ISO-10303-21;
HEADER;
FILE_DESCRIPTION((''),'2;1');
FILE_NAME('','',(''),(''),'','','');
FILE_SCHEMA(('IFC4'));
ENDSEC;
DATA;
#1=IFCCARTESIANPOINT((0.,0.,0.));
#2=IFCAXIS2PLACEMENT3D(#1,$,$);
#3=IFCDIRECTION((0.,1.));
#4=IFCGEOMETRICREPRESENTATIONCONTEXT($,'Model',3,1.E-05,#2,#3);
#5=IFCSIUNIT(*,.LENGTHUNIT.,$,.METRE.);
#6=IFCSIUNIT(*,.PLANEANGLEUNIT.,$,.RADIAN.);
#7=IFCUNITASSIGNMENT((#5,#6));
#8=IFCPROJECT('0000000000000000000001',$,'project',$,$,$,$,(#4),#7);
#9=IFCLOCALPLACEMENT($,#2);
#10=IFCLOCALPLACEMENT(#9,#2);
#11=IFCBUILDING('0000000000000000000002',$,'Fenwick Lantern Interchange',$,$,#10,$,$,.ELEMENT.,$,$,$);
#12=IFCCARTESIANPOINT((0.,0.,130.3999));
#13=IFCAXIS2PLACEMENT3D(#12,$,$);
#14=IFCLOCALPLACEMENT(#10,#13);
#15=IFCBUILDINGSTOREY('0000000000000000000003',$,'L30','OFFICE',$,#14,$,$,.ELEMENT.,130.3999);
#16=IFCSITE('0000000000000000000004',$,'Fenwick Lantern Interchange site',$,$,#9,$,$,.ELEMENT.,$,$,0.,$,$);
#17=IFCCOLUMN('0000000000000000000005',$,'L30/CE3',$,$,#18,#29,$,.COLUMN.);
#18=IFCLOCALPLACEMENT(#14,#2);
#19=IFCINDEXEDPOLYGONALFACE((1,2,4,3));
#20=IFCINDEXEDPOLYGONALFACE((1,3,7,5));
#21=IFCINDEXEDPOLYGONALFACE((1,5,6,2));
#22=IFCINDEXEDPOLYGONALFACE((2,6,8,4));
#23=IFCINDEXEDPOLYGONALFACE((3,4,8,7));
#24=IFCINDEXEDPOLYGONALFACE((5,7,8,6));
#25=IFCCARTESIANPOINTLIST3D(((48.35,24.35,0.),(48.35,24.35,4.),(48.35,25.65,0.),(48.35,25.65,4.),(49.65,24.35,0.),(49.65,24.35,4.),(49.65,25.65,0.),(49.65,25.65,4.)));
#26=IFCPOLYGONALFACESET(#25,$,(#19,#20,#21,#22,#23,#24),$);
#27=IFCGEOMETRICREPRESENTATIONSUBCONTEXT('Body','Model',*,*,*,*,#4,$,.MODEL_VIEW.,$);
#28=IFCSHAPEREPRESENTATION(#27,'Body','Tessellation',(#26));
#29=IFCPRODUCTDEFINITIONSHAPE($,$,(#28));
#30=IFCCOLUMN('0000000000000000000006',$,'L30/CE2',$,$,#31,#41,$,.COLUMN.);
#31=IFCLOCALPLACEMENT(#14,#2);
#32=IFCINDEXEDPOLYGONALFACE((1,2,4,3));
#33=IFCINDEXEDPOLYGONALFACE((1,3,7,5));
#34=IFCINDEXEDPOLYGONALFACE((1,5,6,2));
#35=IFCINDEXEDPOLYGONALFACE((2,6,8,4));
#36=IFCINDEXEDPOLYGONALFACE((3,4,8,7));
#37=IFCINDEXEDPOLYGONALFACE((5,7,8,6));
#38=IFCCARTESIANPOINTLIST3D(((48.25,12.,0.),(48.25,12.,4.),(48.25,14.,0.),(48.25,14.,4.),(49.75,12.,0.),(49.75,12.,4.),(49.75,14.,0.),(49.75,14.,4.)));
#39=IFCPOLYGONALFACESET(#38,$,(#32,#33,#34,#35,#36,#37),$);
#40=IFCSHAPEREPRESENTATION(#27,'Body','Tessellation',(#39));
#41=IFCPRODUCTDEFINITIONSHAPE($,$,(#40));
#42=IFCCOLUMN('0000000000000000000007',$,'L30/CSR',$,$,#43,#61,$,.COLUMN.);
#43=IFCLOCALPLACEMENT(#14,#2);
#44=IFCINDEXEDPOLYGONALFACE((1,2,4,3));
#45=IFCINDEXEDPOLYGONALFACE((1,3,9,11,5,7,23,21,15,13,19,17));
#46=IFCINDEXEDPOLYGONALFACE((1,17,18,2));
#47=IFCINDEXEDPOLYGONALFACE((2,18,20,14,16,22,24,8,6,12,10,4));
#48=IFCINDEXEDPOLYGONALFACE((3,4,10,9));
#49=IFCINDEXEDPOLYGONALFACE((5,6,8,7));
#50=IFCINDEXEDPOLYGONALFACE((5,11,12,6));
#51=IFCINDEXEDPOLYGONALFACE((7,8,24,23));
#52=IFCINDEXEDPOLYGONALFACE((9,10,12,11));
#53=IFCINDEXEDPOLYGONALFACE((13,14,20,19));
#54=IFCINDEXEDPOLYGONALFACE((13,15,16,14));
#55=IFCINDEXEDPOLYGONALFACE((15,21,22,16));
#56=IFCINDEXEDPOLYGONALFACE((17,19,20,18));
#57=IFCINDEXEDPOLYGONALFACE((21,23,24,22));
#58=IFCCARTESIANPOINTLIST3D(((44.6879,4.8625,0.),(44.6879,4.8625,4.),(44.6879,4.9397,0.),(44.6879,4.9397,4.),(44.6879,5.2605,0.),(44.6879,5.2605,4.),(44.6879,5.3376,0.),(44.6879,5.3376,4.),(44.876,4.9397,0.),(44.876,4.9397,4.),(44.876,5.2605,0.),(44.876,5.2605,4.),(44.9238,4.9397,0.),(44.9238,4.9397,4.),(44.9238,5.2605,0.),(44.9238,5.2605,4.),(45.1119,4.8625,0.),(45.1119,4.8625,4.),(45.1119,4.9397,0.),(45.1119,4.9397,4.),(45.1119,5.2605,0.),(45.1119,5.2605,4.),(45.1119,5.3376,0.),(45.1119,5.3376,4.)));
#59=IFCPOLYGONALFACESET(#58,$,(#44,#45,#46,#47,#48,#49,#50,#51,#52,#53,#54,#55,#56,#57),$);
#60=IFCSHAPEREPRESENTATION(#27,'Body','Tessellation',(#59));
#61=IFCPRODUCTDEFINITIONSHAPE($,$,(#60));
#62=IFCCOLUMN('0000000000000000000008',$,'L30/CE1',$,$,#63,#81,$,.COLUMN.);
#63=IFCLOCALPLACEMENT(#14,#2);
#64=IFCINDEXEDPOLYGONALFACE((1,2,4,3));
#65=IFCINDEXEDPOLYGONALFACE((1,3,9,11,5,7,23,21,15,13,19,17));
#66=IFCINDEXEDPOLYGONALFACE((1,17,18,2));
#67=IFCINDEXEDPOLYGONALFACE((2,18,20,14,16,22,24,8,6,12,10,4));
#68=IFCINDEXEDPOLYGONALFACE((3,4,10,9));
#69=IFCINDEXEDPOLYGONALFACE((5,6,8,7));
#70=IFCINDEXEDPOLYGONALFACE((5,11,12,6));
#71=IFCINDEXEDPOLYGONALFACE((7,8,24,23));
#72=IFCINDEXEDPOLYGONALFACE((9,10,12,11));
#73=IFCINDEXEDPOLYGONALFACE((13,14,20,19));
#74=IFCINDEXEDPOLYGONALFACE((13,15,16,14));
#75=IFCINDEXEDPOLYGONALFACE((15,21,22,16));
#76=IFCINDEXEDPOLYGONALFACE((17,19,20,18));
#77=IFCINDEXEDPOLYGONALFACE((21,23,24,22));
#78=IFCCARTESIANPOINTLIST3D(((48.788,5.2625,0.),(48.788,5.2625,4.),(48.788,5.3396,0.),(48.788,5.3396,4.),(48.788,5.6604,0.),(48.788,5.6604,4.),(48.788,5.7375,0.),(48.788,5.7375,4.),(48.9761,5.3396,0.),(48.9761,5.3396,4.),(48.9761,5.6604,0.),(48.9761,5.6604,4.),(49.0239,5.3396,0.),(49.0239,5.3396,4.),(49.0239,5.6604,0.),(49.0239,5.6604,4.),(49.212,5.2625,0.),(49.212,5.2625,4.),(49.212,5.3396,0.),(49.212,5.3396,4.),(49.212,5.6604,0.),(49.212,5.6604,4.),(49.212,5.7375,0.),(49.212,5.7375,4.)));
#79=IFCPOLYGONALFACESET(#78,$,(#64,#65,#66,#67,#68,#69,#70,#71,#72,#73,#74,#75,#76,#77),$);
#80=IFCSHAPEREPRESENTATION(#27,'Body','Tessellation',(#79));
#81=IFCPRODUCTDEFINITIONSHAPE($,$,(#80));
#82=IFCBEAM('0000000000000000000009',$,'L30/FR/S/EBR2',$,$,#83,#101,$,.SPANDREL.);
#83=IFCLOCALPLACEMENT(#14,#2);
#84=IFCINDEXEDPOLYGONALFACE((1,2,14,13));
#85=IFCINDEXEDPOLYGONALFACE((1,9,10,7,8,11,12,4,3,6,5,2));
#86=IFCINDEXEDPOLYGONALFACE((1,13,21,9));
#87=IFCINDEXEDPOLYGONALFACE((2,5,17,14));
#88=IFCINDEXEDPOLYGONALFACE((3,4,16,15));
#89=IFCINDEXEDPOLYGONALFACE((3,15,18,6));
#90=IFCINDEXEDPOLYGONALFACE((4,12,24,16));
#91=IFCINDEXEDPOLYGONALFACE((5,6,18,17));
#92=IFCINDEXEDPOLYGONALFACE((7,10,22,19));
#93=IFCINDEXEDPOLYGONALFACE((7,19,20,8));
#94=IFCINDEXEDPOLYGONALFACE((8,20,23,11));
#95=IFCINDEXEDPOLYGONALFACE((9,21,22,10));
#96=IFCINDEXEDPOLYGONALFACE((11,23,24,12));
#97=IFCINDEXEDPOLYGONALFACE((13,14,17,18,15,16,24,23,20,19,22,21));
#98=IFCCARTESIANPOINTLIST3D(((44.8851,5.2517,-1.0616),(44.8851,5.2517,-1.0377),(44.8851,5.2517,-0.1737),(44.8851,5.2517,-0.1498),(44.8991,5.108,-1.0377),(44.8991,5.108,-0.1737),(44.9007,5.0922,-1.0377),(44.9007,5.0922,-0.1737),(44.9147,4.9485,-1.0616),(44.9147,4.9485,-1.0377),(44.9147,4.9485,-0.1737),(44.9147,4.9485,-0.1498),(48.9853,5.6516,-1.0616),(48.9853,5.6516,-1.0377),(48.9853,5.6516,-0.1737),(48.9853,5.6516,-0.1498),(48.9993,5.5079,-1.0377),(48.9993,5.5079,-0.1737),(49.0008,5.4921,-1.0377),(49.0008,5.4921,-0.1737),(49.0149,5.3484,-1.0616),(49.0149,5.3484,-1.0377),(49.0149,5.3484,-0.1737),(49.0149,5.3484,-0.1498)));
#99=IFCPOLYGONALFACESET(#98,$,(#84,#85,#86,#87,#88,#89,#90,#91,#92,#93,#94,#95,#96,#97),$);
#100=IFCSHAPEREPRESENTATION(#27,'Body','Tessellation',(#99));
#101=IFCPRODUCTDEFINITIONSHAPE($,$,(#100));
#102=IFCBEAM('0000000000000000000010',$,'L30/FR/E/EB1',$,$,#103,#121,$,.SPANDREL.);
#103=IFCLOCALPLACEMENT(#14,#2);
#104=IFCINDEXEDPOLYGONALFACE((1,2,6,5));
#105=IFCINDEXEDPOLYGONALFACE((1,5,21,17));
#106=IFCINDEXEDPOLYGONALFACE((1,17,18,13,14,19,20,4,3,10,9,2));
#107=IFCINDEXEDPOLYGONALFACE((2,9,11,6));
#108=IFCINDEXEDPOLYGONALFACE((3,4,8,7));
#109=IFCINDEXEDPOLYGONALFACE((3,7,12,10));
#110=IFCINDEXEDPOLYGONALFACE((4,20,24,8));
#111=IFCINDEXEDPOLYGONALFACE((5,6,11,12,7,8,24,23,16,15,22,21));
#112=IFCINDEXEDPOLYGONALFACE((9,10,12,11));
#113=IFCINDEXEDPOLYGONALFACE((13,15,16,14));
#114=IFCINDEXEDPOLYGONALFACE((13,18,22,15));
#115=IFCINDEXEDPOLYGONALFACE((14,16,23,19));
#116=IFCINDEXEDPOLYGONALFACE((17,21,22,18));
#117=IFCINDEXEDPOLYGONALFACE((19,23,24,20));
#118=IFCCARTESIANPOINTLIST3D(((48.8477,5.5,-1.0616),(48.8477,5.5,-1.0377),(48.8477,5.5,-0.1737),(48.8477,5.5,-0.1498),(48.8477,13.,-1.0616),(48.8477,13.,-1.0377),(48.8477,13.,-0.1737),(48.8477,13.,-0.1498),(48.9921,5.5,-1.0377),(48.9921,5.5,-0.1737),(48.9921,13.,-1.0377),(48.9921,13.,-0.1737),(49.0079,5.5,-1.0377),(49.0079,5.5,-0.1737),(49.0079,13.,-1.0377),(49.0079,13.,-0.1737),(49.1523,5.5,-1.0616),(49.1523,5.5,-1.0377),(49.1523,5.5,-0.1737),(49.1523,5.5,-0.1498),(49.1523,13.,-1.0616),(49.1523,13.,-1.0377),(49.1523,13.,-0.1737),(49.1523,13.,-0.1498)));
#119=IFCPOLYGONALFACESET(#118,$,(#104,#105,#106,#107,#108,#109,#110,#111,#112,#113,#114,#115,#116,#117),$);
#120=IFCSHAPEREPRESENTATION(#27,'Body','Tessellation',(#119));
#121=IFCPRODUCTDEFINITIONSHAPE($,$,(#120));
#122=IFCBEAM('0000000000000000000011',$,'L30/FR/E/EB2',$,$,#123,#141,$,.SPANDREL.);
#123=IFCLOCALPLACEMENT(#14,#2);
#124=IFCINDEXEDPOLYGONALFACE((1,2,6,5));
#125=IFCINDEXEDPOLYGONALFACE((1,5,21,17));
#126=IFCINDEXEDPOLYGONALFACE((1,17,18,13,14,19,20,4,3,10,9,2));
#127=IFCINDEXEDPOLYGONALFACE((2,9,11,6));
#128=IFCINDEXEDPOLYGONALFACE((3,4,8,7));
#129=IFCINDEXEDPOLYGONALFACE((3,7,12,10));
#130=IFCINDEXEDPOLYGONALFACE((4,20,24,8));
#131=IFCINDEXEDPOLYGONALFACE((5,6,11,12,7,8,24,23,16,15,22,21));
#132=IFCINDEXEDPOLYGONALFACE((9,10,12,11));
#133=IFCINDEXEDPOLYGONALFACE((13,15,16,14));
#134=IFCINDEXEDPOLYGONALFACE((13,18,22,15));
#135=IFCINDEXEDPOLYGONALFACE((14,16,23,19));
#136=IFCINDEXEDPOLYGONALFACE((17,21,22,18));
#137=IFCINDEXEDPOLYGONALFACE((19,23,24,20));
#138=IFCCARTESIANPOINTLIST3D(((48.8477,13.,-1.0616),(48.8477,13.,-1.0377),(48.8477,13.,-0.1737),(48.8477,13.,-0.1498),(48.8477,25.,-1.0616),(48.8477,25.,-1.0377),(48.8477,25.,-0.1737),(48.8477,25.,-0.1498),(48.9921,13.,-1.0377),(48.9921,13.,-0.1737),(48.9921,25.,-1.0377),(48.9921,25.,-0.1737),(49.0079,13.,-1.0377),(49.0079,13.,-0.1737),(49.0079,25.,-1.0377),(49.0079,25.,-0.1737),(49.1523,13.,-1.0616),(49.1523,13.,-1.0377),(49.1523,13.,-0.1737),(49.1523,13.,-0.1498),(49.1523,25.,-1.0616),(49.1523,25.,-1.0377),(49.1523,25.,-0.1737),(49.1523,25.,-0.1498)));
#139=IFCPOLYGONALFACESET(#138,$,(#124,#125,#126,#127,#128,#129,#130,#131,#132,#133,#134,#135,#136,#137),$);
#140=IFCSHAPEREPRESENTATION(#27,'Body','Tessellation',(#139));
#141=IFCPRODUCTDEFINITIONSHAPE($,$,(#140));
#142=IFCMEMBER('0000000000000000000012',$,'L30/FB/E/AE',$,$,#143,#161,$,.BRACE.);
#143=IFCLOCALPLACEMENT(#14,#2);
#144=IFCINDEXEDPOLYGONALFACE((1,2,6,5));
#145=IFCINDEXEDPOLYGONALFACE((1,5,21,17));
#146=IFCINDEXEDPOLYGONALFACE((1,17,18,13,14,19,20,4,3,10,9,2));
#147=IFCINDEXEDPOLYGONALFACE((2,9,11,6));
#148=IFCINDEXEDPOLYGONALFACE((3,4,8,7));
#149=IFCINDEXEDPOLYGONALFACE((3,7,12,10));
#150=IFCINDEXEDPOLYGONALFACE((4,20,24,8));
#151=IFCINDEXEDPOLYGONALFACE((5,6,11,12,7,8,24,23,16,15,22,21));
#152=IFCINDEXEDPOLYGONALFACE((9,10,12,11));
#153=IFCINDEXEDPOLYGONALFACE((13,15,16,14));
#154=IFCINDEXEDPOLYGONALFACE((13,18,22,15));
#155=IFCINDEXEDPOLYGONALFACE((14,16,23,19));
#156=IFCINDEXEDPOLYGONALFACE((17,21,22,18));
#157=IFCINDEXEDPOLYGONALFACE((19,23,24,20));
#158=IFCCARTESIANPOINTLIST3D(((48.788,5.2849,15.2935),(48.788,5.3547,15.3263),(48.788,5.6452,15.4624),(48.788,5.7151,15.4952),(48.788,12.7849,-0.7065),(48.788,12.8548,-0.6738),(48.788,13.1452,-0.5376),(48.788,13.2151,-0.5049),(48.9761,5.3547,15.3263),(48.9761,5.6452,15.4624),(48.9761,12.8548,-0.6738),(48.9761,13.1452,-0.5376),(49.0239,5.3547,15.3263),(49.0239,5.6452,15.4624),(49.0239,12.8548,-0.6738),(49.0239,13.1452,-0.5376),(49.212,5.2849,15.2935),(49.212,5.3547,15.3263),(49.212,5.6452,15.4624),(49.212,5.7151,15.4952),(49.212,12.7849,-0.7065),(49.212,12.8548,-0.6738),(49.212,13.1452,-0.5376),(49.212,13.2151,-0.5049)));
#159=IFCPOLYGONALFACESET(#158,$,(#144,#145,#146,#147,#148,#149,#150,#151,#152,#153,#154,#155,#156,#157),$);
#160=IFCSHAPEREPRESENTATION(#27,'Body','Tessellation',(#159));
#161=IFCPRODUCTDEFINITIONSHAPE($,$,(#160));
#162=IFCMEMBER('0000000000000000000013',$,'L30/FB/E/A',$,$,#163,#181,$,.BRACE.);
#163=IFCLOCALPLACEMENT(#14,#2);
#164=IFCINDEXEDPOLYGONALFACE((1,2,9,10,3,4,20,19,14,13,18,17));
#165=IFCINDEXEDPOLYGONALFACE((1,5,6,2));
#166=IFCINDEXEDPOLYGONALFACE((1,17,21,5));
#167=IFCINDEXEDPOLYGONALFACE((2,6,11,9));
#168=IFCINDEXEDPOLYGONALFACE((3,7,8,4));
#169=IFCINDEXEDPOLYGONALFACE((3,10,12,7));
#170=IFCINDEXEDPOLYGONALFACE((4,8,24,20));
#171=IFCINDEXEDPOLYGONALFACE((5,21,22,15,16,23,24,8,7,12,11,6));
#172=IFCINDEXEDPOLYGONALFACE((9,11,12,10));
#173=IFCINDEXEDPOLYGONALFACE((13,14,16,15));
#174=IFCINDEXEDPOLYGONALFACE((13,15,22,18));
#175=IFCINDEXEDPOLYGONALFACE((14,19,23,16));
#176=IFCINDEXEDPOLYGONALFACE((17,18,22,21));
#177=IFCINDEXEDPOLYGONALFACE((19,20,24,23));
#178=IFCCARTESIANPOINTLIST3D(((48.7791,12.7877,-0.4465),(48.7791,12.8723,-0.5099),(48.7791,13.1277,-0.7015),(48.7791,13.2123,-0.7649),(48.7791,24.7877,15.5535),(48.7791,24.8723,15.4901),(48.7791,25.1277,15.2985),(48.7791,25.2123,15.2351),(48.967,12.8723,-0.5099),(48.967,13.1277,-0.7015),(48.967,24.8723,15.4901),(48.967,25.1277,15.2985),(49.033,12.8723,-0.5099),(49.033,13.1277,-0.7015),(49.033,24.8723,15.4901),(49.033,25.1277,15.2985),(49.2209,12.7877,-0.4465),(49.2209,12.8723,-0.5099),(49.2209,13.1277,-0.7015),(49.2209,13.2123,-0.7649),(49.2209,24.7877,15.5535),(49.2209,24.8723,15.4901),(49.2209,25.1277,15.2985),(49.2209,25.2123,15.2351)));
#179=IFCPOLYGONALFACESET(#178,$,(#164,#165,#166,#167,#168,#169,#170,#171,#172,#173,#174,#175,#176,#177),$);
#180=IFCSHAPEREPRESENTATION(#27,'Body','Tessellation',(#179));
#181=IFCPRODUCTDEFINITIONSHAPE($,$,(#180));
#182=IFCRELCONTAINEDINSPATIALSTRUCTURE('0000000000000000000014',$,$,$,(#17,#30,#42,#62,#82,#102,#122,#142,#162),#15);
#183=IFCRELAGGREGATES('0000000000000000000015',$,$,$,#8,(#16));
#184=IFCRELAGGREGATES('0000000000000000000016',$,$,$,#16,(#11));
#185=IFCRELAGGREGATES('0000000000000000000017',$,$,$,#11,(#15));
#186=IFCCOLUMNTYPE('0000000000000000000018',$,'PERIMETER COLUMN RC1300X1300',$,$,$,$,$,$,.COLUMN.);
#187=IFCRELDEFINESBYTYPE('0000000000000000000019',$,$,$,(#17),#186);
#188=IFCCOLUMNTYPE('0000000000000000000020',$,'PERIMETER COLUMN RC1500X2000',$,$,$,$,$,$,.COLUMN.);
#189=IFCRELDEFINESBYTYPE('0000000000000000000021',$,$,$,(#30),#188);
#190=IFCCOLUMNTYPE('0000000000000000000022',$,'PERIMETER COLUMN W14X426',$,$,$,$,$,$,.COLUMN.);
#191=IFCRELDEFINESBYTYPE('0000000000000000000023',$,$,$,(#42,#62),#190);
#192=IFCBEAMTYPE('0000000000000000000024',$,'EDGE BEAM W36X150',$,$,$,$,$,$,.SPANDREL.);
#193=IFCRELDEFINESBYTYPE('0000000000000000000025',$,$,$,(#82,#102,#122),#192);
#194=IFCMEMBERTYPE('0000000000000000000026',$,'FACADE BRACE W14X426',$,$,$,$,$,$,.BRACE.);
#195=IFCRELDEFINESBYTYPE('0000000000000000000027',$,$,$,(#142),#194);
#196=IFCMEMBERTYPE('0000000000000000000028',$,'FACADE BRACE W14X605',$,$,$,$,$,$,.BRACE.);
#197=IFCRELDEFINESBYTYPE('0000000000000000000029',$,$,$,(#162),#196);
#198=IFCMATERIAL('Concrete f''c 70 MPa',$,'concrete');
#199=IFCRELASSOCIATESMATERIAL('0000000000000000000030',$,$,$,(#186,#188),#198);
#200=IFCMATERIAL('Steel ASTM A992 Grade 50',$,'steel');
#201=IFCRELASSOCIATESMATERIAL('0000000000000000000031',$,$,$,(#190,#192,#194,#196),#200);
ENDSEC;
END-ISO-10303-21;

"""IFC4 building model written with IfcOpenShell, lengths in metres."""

from ifc_helpers import new_model, si_unit, direction, frame, origin, origin_2d, place, context, subcontext, project, spatial, rectangle, i_section, extrude, material, material_profile, profile_set, type_object, element, save


model = new_model("IFC4")

# Units and contexts
model_context = context("Model", 3, precision=1e-05, world=origin(), true_north=direction((0.0, 1.0)))
body_context = subcontext(model_context, "Body", "Model", "MODEL_VIEW")
ifc_project = project(units=[si_unit("LENGTHUNIT", "METRE"), si_unit("PLANEANGLEUNIT", "RADIAN")], contexts=[model_context])

# Site, building, storey
site_placement = place(None, origin())
site = spatial("IfcSite", under=ifc_project, at=site_placement, Name="Fenwick Lantern Interchange site", CompositionType="ELEMENT", RefElevation=0.0)
building_placement = place(site_placement, origin())
building = spatial("IfcBuilding", under=site, at=building_placement, Name="Fenwick Lantern Interchange", CompositionType="ELEMENT")
storey_placement = place(building_placement, frame((0.0, 0.0, 130.3999)))
storey = spatial("IfcBuildingStorey", under=building, at=storey_placement, Name="L30", Description="OFFICE", CompositionType="ELEMENT", Elevation=130.3999)

# Columns
ifc_material_1 = material(Name="Concrete f'c 70 MPa", Category="concrete")
ifc_material_profile_1 = material_profile(ifc_material_1, rectangle(XDim=1.3, YDim=1.3, at=origin_2d()), Name="RC1300X1300")
ifc_profile_set_1 = profile_set([ifc_material_profile_1], Name="Concrete f'c 70 MPa")
column_type_1 = type_object("IfcColumnType", Name="PERIMETER COLUMN RC1300X1300", PredefinedType="COLUMN", material=ifc_profile_set_1)
column_1_placement = place(storey_placement, frame((49.0, 25.0, 0.0), z_axis=(0.0, 0.0, 1.0), x_axis=(1.0, 0.0, 0.0)))
element("IfcColumn", 1, at=column_1_placement, inside=storey, type_object=column_type_1, Name="L30/CE3", PredefinedType="COLUMN", context=body_context, shape_type="SweptSolid", body=[
    extrude(rectangle(XDim=1.3, YDim=1.3, at=origin_2d()), origin(), (0.0, 0.0, 1.0), 4.0),
])
ifc_material_profile_2 = material_profile(ifc_material_1, rectangle(XDim=1.5, YDim=2.0, at=origin_2d()), Name="RC1500X2000")
ifc_profile_set_2 = profile_set([ifc_material_profile_2], Name="Concrete f'c 70 MPa")
column_type_2 = type_object("IfcColumnType", Name="PERIMETER COLUMN RC1500X2000", PredefinedType="COLUMN", material=ifc_profile_set_2)
column_2_placement = place(storey_placement, frame((49.0, 13.0, 0.0), z_axis=(0.0, 0.0, 1.0), x_axis=(1.0, 0.0, 0.0)))
element("IfcColumn", 2, at=column_2_placement, inside=storey, type_object=column_type_2, Name="L30/CE2", PredefinedType="COLUMN", context=body_context, shape_type="SweptSolid", body=[
    extrude(rectangle(XDim=1.5, YDim=2.0, at=origin_2d()), origin(), (0.0, 0.0, 1.0), 4.0),
])
ifc_material_2 = material(Name="Steel ASTM A992 Grade 50", Category="steel")
ifc_material_profile_3 = material_profile(ifc_material_2, i_section(OverallWidth=0.4241, OverallDepth=0.4751, WebThickness=0.0479, FlangeThickness=0.0771, at=origin_2d()), Name="W14X426")
ifc_profile_set_3 = profile_set([ifc_material_profile_3], Name="Steel ASTM A992 Grade 50")
column_type_3 = type_object("IfcColumnType", Name="PERIMETER COLUMN W14X426", PredefinedType="COLUMN", material=ifc_profile_set_3)
for number, where, z_axis, x_axis, name in (
    (3, (44.8999, 5.1001, 0.0), (0.0, 0.0, 1.0), (1.0, 0.0, 0.0), "L30/CSR"),
    (4, (49.0, 5.5, 0.0), (0.0, 0.0, 1.0), (1.0, 0.0, 0.0), "L30/CE1"),
):
    element("IfcColumn", number, at=place(storey_placement, frame(where, z_axis=z_axis, x_axis=x_axis)), inside=storey, type_object=column_type_3, Name=name, PredefinedType="COLUMN", context=body_context, shape_type="SweptSolid", body=[
        extrude(i_section(OverallWidth=0.4241, OverallDepth=0.4751, WebThickness=0.0479, FlangeThickness=0.0771, at=origin_2d()), origin(), (0.0, 0.0, 1.0), 4.0),
    ])

# Beams
ifc_material_profile_4 = material_profile(ifc_material_2, i_section(OverallWidth=0.3047, OverallDepth=0.9119, WebThickness=0.0159, FlangeThickness=0.0239, at=origin_2d()), Name="W36X150")
ifc_profile_set_4 = profile_set([ifc_material_profile_4], Name="Steel ASTM A992 Grade 50")
beam_type_1 = type_object("IfcBeamType", Name="EDGE BEAM W36X150", PredefinedType="SPANDREL", material=ifc_profile_set_4)
beam_1_placement = place(storey_placement, frame((44.8999, 5.1001, -0.6057), z_axis=(0.995277, 0.097074, 0.0), x_axis=(-0.097074, 0.995277, 0.0)))
element("IfcBeam", 5, at=beam_1_placement, inside=storey, type_object=beam_type_1, Name="L30/FR/S/EBR2", PredefinedType="SPANDREL", context=body_context, shape_type="SweptSolid", body=[
    extrude(i_section(OverallWidth=0.3047, OverallDepth=0.9119, WebThickness=0.0159, FlangeThickness=0.0239, at=origin_2d()), origin(), (0.0, 0.0, 1.0), 4.1196),
])
beam_2_placement = place(storey_placement, frame((49.0, 5.5, -0.6057), z_axis=(0.0, 1.0, 0.0), x_axis=(-1.0, 0.0, 0.0)))
element("IfcBeam", 6, at=beam_2_placement, inside=storey, type_object=beam_type_1, Name="L30/FR/E/EB1", PredefinedType="SPANDREL", context=body_context, shape_type="SweptSolid", body=[
    extrude(i_section(OverallWidth=0.3047, OverallDepth=0.9119, WebThickness=0.0159, FlangeThickness=0.0239, at=origin_2d()), origin(), (0.0, 0.0, 1.0), 7.5),
])
beam_3_placement = place(storey_placement, frame((49.0, 13.0, -0.6057), z_axis=(0.0, 1.0, 0.0), x_axis=(-1.0, 0.0, 0.0)))
element("IfcBeam", 7, at=beam_3_placement, inside=storey, type_object=beam_type_1, Name="L30/FR/E/EB2", PredefinedType="SPANDREL", context=body_context, shape_type="SweptSolid", body=[
    extrude(i_section(OverallWidth=0.3047, OverallDepth=0.9119, WebThickness=0.0159, FlangeThickness=0.0239, at=origin_2d()), origin(), (0.0, 0.0, 1.0), 12.0),
])

# Members
ifc_material_profile_5 = material_profile(ifc_material_2, i_section(OverallWidth=0.4241, OverallDepth=0.4751, WebThickness=0.0479, FlangeThickness=0.0771, at=origin_2d()), Name="W14X426")
ifc_profile_set_5 = profile_set([ifc_material_profile_5], Name="Steel ASTM A992 Grade 50")
member_type_1 = type_object("IfcMemberType", Name="FACADE BRACE W14X426", PredefinedType="BRACE", material=ifc_profile_set_5)
member_1_placement = place(storey_placement, frame((49.0, 13.0, -0.6057), z_axis=(0.0, -0.424434, 0.905459), x_axis=(1.0, 0.0, 0.0)))
element("IfcMember", 8, at=member_1_placement, inside=storey, type_object=member_type_1, Name="L30/FB/E/AE", PredefinedType="BRACE", context=body_context, shape_type="SweptSolid", body=[
    extrude(i_section(OverallWidth=0.4241, OverallDepth=0.4751, WebThickness=0.0479, FlangeThickness=0.0771, at=origin_2d()), origin(), (0.0, 0.0, 1.0), 17.6707),
])
ifc_material_profile_6 = material_profile(ifc_material_2, i_section(OverallWidth=0.4419, OverallDepth=0.5308, WebThickness=0.0659, FlangeThickness=0.1057, at=origin_2d()), Name="W14X605")
ifc_profile_set_6 = profile_set([ifc_material_profile_6], Name="Steel ASTM A992 Grade 50")
member_type_2 = type_object("IfcMemberType", Name="FACADE BRACE W14X605", PredefinedType="BRACE", material=ifc_profile_set_6)
member_2_placement = place(storey_placement, frame((49.0, 13.0, -0.6057), z_axis=(0.0, 0.6, 0.8), x_axis=(-1.0, 0.0, 0.0)))
element("IfcMember", 9, at=member_2_placement, inside=storey, type_object=member_type_2, Name="L30/FB/E/A", PredefinedType="BRACE", context=body_context, shape_type="SweptSolid", body=[
    extrude(i_section(OverallWidth=0.4419, OverallDepth=0.5308, WebThickness=0.0659, FlangeThickness=0.1057, at=origin_2d()), origin(), (0.0, 0.0, 1.0), 20.0),
])

save(model, "model.ifc")
